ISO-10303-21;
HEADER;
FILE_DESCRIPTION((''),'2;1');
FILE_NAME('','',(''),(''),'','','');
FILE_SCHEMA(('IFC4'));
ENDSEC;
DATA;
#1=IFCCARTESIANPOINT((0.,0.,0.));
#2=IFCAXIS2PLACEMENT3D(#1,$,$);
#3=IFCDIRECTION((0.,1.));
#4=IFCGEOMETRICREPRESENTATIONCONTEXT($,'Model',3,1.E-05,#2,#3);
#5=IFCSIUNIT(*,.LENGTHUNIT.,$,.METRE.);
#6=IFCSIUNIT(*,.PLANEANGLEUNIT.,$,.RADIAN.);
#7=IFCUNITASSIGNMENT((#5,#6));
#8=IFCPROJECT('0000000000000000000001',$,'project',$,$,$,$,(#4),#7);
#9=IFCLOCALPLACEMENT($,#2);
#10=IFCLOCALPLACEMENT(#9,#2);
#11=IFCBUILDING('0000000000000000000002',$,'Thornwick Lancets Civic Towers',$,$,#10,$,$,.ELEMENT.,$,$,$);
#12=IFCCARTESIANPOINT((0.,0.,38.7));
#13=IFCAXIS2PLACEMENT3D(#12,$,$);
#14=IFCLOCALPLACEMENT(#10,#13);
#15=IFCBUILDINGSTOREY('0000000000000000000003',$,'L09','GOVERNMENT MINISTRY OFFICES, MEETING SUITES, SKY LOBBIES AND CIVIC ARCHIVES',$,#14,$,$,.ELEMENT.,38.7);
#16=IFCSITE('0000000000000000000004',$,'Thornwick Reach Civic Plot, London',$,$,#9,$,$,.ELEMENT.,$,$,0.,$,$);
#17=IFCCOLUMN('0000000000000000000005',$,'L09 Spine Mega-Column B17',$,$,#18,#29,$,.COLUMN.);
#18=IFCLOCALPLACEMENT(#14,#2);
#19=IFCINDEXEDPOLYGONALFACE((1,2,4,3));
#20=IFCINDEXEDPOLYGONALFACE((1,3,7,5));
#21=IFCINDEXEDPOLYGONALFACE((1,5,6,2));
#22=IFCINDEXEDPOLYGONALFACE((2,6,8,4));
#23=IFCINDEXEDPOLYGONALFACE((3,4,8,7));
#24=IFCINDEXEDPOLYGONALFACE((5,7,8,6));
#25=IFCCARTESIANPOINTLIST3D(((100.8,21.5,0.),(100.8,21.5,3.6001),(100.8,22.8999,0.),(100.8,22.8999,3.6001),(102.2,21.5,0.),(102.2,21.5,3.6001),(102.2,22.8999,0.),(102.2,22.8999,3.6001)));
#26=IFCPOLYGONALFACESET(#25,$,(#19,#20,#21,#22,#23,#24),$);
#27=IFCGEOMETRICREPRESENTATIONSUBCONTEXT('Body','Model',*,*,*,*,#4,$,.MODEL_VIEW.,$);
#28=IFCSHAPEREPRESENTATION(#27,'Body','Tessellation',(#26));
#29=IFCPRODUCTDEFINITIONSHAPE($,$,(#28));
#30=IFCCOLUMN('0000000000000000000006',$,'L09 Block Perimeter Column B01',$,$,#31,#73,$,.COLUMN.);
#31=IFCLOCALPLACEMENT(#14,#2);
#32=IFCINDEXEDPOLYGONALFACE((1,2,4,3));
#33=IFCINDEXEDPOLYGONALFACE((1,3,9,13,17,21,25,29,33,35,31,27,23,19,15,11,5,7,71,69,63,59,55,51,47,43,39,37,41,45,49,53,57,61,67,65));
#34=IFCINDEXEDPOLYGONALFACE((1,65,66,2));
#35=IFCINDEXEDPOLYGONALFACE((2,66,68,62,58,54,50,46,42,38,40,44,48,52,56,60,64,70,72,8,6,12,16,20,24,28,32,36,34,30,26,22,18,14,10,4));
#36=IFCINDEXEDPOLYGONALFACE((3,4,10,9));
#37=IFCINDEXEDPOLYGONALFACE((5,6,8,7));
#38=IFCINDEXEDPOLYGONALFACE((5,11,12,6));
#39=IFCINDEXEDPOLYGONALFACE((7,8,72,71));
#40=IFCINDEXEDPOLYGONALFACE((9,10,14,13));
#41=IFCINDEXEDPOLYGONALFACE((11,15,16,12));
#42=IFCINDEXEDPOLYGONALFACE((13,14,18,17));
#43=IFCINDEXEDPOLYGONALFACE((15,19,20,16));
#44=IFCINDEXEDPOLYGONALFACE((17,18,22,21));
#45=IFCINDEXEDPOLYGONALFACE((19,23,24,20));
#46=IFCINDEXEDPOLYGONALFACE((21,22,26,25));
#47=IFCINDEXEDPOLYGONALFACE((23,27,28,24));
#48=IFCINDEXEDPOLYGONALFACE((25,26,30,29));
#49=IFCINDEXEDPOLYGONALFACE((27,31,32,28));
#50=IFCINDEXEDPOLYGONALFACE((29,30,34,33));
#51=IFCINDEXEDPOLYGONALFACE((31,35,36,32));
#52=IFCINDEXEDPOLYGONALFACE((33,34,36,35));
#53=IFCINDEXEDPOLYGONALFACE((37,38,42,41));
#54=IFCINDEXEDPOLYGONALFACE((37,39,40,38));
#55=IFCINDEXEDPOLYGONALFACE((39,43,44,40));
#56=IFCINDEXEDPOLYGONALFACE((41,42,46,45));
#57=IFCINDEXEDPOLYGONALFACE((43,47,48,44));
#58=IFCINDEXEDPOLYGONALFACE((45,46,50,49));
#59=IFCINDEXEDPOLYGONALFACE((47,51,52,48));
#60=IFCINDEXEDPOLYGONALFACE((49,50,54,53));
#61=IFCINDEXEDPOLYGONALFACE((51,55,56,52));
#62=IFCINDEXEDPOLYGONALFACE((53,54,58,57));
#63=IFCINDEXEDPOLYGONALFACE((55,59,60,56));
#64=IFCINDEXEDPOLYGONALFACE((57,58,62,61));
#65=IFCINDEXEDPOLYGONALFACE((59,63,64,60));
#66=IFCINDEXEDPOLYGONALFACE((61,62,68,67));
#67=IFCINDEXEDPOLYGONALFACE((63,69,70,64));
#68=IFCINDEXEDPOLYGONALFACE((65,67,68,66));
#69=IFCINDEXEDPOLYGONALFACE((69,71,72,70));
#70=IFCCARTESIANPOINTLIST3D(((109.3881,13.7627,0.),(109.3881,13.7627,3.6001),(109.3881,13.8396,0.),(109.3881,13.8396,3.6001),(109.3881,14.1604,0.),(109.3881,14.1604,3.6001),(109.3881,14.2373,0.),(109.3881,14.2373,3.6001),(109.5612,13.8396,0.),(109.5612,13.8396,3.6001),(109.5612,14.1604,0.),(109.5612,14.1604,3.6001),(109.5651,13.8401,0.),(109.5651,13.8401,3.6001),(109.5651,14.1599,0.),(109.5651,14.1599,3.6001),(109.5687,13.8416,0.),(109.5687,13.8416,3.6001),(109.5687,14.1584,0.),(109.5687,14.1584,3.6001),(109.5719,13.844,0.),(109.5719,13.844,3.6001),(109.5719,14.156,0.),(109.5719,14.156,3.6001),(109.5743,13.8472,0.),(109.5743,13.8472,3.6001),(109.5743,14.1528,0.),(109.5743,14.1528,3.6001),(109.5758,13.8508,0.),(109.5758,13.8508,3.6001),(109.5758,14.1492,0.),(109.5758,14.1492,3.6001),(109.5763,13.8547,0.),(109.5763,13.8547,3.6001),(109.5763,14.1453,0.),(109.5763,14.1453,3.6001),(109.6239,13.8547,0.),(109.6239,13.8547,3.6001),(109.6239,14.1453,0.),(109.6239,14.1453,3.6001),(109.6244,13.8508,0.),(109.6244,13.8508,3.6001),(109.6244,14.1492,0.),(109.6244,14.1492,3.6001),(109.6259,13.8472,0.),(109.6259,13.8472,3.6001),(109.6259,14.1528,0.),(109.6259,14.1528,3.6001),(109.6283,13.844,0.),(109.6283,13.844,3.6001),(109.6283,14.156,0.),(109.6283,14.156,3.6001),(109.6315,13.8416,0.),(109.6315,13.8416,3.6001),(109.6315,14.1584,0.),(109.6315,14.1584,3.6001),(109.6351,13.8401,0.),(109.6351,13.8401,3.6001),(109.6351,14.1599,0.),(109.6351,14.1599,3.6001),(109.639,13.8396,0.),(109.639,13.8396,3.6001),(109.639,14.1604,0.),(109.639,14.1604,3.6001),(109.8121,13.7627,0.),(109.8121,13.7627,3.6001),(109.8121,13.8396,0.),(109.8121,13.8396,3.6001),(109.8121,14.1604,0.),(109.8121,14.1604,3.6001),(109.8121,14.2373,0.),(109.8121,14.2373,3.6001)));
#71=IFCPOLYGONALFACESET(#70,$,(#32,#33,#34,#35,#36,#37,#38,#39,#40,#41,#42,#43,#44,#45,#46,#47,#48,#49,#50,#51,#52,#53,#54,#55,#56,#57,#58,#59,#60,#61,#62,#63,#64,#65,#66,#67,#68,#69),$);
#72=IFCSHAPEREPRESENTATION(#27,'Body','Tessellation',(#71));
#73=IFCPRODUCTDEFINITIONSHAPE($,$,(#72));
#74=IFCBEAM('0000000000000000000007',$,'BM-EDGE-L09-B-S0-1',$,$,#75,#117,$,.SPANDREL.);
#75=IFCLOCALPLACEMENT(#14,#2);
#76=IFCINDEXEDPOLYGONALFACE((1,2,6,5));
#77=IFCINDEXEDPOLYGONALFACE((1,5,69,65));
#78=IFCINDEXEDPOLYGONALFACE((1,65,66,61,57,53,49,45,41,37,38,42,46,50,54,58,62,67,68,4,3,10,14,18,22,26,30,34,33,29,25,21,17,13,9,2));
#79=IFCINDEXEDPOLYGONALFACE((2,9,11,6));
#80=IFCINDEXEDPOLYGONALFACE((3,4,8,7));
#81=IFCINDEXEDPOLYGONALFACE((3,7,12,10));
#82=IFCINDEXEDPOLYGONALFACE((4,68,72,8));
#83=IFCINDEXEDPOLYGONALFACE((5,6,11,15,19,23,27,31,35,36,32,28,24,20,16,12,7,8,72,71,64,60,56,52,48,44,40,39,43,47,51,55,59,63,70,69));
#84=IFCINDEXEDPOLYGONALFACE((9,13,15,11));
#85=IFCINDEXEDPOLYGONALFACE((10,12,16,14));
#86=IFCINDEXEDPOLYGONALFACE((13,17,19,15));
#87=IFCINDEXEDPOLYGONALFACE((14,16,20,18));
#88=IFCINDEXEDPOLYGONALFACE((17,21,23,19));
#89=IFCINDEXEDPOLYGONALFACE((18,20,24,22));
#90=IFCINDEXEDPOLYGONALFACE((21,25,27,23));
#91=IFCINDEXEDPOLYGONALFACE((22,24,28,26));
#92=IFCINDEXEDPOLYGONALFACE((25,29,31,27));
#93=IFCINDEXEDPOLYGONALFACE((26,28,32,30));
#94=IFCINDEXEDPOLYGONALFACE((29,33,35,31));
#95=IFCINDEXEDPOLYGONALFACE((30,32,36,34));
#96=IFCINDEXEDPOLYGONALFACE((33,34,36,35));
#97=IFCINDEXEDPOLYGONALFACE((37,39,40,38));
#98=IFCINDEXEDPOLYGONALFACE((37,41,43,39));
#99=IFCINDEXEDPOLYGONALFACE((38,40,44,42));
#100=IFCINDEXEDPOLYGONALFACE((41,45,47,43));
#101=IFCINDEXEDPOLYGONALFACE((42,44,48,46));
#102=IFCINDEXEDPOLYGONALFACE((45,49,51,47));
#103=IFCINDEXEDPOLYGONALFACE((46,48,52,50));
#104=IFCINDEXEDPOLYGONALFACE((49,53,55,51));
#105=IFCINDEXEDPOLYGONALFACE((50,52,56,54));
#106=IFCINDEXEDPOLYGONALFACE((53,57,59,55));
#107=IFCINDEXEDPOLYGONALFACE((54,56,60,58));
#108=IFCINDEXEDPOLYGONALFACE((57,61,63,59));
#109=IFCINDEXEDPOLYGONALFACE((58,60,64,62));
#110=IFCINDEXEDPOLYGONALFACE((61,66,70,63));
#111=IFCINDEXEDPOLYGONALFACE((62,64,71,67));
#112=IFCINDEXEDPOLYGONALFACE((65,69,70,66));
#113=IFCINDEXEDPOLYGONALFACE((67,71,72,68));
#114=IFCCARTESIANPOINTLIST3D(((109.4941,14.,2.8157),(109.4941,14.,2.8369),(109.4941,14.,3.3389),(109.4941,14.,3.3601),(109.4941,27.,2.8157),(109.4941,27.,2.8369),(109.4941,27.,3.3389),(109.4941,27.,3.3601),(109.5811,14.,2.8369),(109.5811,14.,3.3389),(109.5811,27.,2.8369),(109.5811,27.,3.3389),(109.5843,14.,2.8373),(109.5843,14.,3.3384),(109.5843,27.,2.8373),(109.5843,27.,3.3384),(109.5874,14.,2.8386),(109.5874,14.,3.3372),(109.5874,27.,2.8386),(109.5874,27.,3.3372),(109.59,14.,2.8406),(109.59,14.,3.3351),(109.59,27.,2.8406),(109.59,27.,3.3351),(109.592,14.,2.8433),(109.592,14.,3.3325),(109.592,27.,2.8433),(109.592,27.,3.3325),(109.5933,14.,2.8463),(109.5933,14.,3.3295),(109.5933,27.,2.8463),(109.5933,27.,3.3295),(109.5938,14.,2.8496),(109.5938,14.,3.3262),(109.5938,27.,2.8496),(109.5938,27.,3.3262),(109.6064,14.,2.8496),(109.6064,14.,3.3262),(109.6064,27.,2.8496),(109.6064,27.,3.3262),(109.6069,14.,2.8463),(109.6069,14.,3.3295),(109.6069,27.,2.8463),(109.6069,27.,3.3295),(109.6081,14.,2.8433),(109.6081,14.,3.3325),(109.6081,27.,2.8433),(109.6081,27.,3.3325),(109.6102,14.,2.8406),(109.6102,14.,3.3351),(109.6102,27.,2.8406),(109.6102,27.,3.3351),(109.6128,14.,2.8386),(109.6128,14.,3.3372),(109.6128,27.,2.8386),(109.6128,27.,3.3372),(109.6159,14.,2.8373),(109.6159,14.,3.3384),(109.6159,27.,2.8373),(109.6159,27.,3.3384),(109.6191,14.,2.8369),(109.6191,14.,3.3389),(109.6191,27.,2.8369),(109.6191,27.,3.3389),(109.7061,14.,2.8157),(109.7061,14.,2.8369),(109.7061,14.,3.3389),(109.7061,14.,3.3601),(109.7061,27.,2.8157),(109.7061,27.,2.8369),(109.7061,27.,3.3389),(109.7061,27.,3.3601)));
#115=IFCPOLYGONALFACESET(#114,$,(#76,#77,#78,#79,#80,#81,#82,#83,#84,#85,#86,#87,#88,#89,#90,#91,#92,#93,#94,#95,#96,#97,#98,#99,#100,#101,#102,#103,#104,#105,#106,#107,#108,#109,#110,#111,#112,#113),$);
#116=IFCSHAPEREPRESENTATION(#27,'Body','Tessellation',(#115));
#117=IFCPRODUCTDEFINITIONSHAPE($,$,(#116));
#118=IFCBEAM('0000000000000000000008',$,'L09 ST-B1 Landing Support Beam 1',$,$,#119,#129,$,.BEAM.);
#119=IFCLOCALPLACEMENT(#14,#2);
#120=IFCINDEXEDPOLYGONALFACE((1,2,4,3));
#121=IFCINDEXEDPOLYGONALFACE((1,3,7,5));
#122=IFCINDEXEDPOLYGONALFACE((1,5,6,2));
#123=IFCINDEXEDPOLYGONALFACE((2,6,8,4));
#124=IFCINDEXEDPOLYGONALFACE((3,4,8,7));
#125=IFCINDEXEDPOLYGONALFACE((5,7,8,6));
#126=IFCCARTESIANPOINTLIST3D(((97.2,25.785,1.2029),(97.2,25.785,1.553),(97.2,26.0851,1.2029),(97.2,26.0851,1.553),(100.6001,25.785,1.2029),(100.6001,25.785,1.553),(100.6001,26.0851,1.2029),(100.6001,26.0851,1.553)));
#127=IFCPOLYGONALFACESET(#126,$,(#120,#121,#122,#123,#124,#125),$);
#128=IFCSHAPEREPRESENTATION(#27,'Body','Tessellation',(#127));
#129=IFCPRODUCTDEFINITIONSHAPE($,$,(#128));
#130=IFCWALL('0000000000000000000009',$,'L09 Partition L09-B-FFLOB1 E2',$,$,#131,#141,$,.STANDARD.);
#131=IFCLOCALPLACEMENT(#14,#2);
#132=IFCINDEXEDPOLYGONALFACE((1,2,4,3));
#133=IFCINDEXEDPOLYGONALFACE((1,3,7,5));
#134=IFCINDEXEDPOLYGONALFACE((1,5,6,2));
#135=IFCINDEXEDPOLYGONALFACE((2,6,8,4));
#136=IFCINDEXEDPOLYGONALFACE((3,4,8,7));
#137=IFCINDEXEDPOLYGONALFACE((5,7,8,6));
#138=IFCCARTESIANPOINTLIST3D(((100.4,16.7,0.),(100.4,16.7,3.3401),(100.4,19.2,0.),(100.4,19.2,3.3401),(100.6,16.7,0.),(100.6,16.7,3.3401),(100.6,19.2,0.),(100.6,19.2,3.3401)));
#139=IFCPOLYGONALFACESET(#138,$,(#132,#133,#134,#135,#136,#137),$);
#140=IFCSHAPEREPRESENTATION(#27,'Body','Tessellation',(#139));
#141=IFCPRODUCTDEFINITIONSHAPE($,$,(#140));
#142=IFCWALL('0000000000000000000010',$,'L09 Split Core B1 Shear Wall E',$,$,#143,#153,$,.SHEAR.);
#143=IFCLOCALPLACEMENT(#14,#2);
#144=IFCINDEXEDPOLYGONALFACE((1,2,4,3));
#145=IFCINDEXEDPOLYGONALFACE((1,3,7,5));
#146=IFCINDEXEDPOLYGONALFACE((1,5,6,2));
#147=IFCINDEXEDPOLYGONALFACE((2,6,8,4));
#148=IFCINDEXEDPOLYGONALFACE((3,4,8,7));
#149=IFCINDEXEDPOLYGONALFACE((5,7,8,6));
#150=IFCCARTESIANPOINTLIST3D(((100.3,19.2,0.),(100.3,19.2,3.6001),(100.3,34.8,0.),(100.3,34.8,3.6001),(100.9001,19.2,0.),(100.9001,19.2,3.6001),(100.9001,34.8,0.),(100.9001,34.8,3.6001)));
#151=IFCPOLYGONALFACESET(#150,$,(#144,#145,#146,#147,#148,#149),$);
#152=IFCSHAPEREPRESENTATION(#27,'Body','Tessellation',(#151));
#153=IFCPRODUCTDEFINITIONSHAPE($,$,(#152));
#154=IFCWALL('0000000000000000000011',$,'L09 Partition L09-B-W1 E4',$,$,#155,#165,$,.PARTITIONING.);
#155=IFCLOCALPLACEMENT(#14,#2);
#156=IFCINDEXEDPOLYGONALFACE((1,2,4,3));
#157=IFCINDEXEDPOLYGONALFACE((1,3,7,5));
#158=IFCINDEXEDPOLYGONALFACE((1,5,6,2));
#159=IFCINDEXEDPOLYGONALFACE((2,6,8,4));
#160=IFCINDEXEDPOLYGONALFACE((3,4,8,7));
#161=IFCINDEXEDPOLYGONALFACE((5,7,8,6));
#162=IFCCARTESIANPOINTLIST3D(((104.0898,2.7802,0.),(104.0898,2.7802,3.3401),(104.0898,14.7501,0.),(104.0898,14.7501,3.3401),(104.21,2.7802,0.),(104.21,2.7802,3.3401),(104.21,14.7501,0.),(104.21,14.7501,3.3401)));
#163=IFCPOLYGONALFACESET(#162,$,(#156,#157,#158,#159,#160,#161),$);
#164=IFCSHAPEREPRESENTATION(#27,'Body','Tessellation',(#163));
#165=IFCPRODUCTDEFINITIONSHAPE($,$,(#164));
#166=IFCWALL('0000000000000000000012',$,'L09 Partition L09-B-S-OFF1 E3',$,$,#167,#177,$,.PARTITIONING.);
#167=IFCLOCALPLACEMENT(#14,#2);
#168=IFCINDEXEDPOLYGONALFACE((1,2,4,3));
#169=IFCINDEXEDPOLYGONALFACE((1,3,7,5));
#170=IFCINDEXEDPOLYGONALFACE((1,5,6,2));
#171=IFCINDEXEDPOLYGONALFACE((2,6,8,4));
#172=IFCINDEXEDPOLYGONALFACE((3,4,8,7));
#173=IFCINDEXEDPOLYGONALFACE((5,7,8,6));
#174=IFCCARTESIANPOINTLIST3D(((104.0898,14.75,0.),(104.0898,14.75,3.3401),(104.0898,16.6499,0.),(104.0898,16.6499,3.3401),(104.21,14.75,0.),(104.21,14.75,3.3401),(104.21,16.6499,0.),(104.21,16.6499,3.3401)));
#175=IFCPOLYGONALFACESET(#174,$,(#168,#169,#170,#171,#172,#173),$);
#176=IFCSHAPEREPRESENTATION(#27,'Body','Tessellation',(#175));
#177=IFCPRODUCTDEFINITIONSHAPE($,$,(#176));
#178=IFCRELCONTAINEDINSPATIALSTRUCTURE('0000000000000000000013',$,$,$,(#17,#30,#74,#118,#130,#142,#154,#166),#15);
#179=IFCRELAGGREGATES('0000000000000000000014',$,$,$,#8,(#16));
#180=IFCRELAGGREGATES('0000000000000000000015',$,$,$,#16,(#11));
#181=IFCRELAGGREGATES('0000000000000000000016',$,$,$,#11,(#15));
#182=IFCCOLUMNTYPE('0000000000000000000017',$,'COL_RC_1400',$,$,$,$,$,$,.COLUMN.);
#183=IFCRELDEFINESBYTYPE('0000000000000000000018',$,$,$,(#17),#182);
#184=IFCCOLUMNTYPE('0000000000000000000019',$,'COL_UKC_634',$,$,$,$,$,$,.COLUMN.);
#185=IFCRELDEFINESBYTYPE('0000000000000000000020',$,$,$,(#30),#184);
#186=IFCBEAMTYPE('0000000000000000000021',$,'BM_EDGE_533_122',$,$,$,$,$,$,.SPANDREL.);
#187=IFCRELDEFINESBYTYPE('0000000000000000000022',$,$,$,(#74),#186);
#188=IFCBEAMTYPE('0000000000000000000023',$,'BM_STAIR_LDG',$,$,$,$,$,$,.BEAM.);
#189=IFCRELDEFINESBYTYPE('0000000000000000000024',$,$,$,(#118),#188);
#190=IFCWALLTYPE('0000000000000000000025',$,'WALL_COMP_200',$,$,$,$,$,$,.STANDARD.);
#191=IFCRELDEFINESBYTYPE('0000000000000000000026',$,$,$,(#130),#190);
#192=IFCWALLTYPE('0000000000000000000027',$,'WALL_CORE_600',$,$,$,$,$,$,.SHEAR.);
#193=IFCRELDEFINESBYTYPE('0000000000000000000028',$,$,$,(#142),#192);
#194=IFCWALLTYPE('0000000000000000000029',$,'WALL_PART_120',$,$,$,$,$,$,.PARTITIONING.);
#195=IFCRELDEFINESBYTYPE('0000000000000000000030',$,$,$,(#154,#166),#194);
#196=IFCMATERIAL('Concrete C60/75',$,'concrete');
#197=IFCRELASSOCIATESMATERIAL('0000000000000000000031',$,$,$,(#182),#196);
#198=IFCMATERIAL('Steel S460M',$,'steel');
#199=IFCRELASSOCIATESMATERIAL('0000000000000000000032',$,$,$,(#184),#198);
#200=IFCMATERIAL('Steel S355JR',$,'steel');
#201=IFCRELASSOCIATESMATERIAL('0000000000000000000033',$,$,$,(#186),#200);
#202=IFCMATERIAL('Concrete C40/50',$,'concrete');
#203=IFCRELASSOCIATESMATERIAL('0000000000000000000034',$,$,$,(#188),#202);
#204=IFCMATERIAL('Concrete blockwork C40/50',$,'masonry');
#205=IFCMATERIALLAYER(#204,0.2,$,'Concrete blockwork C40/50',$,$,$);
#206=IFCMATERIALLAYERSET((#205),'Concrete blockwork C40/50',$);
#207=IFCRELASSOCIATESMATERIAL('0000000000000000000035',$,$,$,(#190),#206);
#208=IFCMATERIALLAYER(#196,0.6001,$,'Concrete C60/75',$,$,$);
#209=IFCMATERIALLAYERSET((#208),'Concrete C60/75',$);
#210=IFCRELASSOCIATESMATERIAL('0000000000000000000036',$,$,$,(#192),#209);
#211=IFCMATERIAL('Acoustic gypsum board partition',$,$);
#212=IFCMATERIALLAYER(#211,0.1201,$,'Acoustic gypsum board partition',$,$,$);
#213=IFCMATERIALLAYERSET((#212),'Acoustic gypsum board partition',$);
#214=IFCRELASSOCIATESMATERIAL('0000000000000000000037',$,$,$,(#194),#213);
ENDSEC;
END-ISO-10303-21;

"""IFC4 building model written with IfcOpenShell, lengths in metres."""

from ifc_helpers import new_model, si_unit, direction, frame, frame_2d, origin, origin_2d, place, context, subcontext, project, spatial, rectangle, i_section, extrude, material, layer, layer_set, material_profile, profile_set, type_object, element, save


model = new_model("IFC4")

# Units and contexts
model_context = context("Model", 3, precision=1e-05, world=origin(), true_north=direction((0.0, 1.0)))
body_context = subcontext(model_context, "Body", "Model", "MODEL_VIEW")
ifc_project = project(units=[si_unit("LENGTHUNIT", "METRE"), si_unit("PLANEANGLEUNIT", "RADIAN")], contexts=[model_context])

# Site, building, storey
site_placement = place(None, origin())
site = spatial("IfcSite", under=ifc_project, at=site_placement, Name="Thornwick Reach Civic Plot, London", CompositionType="ELEMENT", RefElevation=0.0)
building_placement = place(site_placement, origin())
building = spatial("IfcBuilding", under=site, at=building_placement, Name="Thornwick Lancets Civic Towers", CompositionType="ELEMENT")
storey_placement = place(building_placement, frame((0.0, 0.0, 38.7)))
storey = spatial("IfcBuildingStorey", under=building, at=storey_placement, Name="L09", Description="GOVERNMENT MINISTRY OFFICES, MEETING SUITES, SKY LOBBIES AND CIVIC ARCHIVES", CompositionType="ELEMENT", Elevation=38.7)

# Columns
ifc_material_1 = material(Name="Concrete C60/75", Category="concrete")
ifc_material_profile_1 = material_profile(ifc_material_1, rectangle(XDim=1.3999, YDim=1.3999, at=origin_2d()), Name="RC 1400x1400")
ifc_profile_set_1 = profile_set([ifc_material_profile_1], Name="Concrete C60/75")
column_type_1 = type_object("IfcColumnType", Name="COL_RC_1400", PredefinedType="COLUMN", material=ifc_profile_set_1)
column_1_placement = place(storey_placement, frame((101.5, 22.2, 0.0), z_axis=(0.0, 0.0, 1.0), x_axis=(1.0, 0.0, 0.0)))
element("IfcColumn", 1, at=column_1_placement, inside=storey, type_object=column_type_1, Name="L09 Spine Mega-Column B17", PredefinedType="COLUMN", context=body_context, shape_type="SweptSolid", body=[
    extrude(rectangle(XDim=1.3999, YDim=1.3999, at=origin_2d()), origin(), (0.0, 0.0, 1.0), 3.6001),
])
ifc_material_2 = material(Name="Steel S460M", Category="steel")
ifc_material_profile_2 = material_profile(ifc_material_2, i_section(OverallWidth=0.4241, OverallDepth=0.4746, WebThickness=0.0476, FlangeThickness=0.0769, FilletRadius=0.0151, at=origin_2d()), Name="UKC 356x406x634")
ifc_profile_set_2 = profile_set([ifc_material_profile_2], Name="Steel S460M")
column_type_2 = type_object("IfcColumnType", Name="COL_UKC_634", PredefinedType="COLUMN", material=ifc_profile_set_2)
column_2_placement = place(storey_placement, frame((109.6001, 14.0, 0.0), z_axis=(0.0, 0.0, 1.0), x_axis=(1.0, 0.0, 0.0)))
element("IfcColumn", 2, at=column_2_placement, inside=storey, type_object=column_type_2, Name="L09 Block Perimeter Column B01", PredefinedType="COLUMN", context=body_context, shape_type="SweptSolid", body=[
    extrude(i_section(OverallWidth=0.4241, OverallDepth=0.4746, WebThickness=0.0476, FlangeThickness=0.0769, FilletRadius=0.0151, at=origin_2d()), origin(), (0.0, 0.0, 1.0), 3.6001),
])

# Beams
ifc_material_3 = material(Name="Steel S355JR", Category="steel")
ifc_material_profile_3 = material_profile(ifc_material_3, i_section(OverallWidth=0.2119, OverallDepth=0.5444, WebThickness=0.0127, FlangeThickness=0.0212, FilletRadius=0.0127, at=origin_2d()), Name="UKB 533x210x122")
ifc_profile_set_3 = profile_set([ifc_material_profile_3], Name="Steel S355JR")
beam_type_1 = type_object("IfcBeamType", Name="BM_EDGE_533_122", PredefinedType="SPANDREL", material=ifc_profile_set_3)
beam_1_placement = place(storey_placement, frame((109.6001, 14.0, 3.0879), z_axis=(0.0, 1.0, 0.0), x_axis=(-1.0, 0.0, 0.0)))
element("IfcBeam", 3, at=beam_1_placement, inside=storey, type_object=beam_type_1, Name="BM-EDGE-L09-B-S0-1", PredefinedType="SPANDREL", context=body_context, shape_type="SweptSolid", body=[
    extrude(i_section(OverallWidth=0.2119, OverallDepth=0.5444, WebThickness=0.0127, FlangeThickness=0.0212, FilletRadius=0.0127, at=origin_2d()), origin(), (0.0, 0.0, 1.0), 13.0),
])
ifc_material_4 = material(Name="Concrete C40/50", Category="concrete")
ifc_material_profile_4 = material_profile(ifc_material_4, rectangle(XDim=0.3, YDim=0.3501, at=origin_2d()), Name="RC 300x350")
ifc_profile_set_4 = profile_set([ifc_material_profile_4], Name="Concrete C40/50")
beam_type_2 = type_object("IfcBeamType", Name="BM_STAIR_LDG", PredefinedType="BEAM", material=ifc_profile_set_4)
beam_2_placement = place(storey_placement, frame((100.6001, 25.9351, 1.3779), z_axis=(-1.0, 0.0, 0.0), x_axis=(0.0, -1.0, 0.0)))
element("IfcBeam", 4, at=beam_2_placement, inside=storey, type_object=beam_type_2, Name="L09 ST-B1 Landing Support Beam 1", PredefinedType="BEAM", context=body_context, shape_type="SweptSolid", body=[
    extrude(rectangle(XDim=0.3, YDim=0.3501, at=origin_2d()), origin(), (0.0, 0.0, 1.0), 3.4001),
])

# Walls
ifc_material_5 = material(Name="Concrete blockwork C40/50", Category="masonry")
ifc_layer_1 = layer(ifc_material_5, 0.2, Name="Concrete blockwork C40/50")
ifc_layer_set_1 = layer_set([ifc_layer_1], Name="Concrete blockwork C40/50")
wall_type_1 = type_object("IfcWallType", Name="WALL_COMP_200", PredefinedType="STANDARD", material=ifc_layer_set_1)
wall_1_placement = place(storey_placement, frame((100.5, 16.7, 0.0), z_axis=(0.0, 0.0, 1.0), x_axis=(0.0, 1.0, 0.0)))
element("IfcWall", 5, at=wall_1_placement, inside=storey, type_object=wall_type_1, Name="L09 Partition L09-B-FFLOB1 E2", PredefinedType="STANDARD", context=body_context, shape_type="SweptSolid", body=[
    extrude(rectangle(XDim=2.5, YDim=0.2, at=frame_2d((1.25, 0.0))), origin(), (0.0, 0.0, 1.0), 3.3401),
])
ifc_layer_2 = layer(ifc_material_1, 0.6001, Name="Concrete C60/75")
ifc_layer_set_2 = layer_set([ifc_layer_2], Name="Concrete C60/75")
wall_type_2 = type_object("IfcWallType", Name="WALL_CORE_600", PredefinedType="SHEAR", material=ifc_layer_set_2)
wall_2_placement = place(storey_placement, frame((100.6001, 19.2, 0.0), z_axis=(0.0, 0.0, 1.0), x_axis=(0.0, 1.0, 0.0)))
element("IfcWall", 6, at=wall_2_placement, inside=storey, type_object=wall_type_2, Name="L09 Split Core B1 Shear Wall E", PredefinedType="SHEAR", context=body_context, shape_type="SweptSolid", body=[
    extrude(rectangle(XDim=15.6001, YDim=0.6001, at=frame_2d((7.8, 0.0))), origin(), (0.0, 0.0, 1.0), 3.6001),
])
ifc_material_6 = material(Name="Acoustic gypsum board partition")
ifc_layer_3 = layer(ifc_material_6, 0.1201, Name="Acoustic gypsum board partition")
ifc_layer_set_3 = layer_set([ifc_layer_3], Name="Acoustic gypsum board partition")
wall_type_3 = type_object("IfcWallType", Name="WALL_PART_120", PredefinedType="PARTITIONING", material=ifc_layer_set_3)
wall_3_placement = place(storey_placement, frame((104.1499, 14.75, 0.0), z_axis=(0.0, 0.0, 1.0), x_axis=(0.0, -1.0, 0.0)))
element("IfcWall", 7, at=wall_3_placement, inside=storey, type_object=wall_type_3, Name="L09 Partition L09-B-W1 E4", PredefinedType="PARTITIONING", context=body_context, shape_type="SweptSolid", body=[
    extrude(rectangle(XDim=11.97, YDim=0.1201, at=frame_2d((5.9849, 0.0))), origin(), (0.0, 0.0, 1.0), 3.3401),
])
wall_4_placement = place(storey_placement, frame((104.1499, 14.75, 0.0), z_axis=(0.0, 0.0, 1.0), x_axis=(0.0, 1.0, 0.0)))
element("IfcWall", 8, at=wall_4_placement, inside=storey, type_object=wall_type_3, Name="L09 Partition L09-B-S-OFF1 E3", PredefinedType="PARTITIONING", context=body_context, shape_type="SweptSolid", body=[
    extrude(rectangle(XDim=1.8999, YDim=0.1201, at=frame_2d((0.95, 0.0))), origin(), (0.0, 0.0, 1.0), 3.3401),
])

save(model, "model.ifc")
